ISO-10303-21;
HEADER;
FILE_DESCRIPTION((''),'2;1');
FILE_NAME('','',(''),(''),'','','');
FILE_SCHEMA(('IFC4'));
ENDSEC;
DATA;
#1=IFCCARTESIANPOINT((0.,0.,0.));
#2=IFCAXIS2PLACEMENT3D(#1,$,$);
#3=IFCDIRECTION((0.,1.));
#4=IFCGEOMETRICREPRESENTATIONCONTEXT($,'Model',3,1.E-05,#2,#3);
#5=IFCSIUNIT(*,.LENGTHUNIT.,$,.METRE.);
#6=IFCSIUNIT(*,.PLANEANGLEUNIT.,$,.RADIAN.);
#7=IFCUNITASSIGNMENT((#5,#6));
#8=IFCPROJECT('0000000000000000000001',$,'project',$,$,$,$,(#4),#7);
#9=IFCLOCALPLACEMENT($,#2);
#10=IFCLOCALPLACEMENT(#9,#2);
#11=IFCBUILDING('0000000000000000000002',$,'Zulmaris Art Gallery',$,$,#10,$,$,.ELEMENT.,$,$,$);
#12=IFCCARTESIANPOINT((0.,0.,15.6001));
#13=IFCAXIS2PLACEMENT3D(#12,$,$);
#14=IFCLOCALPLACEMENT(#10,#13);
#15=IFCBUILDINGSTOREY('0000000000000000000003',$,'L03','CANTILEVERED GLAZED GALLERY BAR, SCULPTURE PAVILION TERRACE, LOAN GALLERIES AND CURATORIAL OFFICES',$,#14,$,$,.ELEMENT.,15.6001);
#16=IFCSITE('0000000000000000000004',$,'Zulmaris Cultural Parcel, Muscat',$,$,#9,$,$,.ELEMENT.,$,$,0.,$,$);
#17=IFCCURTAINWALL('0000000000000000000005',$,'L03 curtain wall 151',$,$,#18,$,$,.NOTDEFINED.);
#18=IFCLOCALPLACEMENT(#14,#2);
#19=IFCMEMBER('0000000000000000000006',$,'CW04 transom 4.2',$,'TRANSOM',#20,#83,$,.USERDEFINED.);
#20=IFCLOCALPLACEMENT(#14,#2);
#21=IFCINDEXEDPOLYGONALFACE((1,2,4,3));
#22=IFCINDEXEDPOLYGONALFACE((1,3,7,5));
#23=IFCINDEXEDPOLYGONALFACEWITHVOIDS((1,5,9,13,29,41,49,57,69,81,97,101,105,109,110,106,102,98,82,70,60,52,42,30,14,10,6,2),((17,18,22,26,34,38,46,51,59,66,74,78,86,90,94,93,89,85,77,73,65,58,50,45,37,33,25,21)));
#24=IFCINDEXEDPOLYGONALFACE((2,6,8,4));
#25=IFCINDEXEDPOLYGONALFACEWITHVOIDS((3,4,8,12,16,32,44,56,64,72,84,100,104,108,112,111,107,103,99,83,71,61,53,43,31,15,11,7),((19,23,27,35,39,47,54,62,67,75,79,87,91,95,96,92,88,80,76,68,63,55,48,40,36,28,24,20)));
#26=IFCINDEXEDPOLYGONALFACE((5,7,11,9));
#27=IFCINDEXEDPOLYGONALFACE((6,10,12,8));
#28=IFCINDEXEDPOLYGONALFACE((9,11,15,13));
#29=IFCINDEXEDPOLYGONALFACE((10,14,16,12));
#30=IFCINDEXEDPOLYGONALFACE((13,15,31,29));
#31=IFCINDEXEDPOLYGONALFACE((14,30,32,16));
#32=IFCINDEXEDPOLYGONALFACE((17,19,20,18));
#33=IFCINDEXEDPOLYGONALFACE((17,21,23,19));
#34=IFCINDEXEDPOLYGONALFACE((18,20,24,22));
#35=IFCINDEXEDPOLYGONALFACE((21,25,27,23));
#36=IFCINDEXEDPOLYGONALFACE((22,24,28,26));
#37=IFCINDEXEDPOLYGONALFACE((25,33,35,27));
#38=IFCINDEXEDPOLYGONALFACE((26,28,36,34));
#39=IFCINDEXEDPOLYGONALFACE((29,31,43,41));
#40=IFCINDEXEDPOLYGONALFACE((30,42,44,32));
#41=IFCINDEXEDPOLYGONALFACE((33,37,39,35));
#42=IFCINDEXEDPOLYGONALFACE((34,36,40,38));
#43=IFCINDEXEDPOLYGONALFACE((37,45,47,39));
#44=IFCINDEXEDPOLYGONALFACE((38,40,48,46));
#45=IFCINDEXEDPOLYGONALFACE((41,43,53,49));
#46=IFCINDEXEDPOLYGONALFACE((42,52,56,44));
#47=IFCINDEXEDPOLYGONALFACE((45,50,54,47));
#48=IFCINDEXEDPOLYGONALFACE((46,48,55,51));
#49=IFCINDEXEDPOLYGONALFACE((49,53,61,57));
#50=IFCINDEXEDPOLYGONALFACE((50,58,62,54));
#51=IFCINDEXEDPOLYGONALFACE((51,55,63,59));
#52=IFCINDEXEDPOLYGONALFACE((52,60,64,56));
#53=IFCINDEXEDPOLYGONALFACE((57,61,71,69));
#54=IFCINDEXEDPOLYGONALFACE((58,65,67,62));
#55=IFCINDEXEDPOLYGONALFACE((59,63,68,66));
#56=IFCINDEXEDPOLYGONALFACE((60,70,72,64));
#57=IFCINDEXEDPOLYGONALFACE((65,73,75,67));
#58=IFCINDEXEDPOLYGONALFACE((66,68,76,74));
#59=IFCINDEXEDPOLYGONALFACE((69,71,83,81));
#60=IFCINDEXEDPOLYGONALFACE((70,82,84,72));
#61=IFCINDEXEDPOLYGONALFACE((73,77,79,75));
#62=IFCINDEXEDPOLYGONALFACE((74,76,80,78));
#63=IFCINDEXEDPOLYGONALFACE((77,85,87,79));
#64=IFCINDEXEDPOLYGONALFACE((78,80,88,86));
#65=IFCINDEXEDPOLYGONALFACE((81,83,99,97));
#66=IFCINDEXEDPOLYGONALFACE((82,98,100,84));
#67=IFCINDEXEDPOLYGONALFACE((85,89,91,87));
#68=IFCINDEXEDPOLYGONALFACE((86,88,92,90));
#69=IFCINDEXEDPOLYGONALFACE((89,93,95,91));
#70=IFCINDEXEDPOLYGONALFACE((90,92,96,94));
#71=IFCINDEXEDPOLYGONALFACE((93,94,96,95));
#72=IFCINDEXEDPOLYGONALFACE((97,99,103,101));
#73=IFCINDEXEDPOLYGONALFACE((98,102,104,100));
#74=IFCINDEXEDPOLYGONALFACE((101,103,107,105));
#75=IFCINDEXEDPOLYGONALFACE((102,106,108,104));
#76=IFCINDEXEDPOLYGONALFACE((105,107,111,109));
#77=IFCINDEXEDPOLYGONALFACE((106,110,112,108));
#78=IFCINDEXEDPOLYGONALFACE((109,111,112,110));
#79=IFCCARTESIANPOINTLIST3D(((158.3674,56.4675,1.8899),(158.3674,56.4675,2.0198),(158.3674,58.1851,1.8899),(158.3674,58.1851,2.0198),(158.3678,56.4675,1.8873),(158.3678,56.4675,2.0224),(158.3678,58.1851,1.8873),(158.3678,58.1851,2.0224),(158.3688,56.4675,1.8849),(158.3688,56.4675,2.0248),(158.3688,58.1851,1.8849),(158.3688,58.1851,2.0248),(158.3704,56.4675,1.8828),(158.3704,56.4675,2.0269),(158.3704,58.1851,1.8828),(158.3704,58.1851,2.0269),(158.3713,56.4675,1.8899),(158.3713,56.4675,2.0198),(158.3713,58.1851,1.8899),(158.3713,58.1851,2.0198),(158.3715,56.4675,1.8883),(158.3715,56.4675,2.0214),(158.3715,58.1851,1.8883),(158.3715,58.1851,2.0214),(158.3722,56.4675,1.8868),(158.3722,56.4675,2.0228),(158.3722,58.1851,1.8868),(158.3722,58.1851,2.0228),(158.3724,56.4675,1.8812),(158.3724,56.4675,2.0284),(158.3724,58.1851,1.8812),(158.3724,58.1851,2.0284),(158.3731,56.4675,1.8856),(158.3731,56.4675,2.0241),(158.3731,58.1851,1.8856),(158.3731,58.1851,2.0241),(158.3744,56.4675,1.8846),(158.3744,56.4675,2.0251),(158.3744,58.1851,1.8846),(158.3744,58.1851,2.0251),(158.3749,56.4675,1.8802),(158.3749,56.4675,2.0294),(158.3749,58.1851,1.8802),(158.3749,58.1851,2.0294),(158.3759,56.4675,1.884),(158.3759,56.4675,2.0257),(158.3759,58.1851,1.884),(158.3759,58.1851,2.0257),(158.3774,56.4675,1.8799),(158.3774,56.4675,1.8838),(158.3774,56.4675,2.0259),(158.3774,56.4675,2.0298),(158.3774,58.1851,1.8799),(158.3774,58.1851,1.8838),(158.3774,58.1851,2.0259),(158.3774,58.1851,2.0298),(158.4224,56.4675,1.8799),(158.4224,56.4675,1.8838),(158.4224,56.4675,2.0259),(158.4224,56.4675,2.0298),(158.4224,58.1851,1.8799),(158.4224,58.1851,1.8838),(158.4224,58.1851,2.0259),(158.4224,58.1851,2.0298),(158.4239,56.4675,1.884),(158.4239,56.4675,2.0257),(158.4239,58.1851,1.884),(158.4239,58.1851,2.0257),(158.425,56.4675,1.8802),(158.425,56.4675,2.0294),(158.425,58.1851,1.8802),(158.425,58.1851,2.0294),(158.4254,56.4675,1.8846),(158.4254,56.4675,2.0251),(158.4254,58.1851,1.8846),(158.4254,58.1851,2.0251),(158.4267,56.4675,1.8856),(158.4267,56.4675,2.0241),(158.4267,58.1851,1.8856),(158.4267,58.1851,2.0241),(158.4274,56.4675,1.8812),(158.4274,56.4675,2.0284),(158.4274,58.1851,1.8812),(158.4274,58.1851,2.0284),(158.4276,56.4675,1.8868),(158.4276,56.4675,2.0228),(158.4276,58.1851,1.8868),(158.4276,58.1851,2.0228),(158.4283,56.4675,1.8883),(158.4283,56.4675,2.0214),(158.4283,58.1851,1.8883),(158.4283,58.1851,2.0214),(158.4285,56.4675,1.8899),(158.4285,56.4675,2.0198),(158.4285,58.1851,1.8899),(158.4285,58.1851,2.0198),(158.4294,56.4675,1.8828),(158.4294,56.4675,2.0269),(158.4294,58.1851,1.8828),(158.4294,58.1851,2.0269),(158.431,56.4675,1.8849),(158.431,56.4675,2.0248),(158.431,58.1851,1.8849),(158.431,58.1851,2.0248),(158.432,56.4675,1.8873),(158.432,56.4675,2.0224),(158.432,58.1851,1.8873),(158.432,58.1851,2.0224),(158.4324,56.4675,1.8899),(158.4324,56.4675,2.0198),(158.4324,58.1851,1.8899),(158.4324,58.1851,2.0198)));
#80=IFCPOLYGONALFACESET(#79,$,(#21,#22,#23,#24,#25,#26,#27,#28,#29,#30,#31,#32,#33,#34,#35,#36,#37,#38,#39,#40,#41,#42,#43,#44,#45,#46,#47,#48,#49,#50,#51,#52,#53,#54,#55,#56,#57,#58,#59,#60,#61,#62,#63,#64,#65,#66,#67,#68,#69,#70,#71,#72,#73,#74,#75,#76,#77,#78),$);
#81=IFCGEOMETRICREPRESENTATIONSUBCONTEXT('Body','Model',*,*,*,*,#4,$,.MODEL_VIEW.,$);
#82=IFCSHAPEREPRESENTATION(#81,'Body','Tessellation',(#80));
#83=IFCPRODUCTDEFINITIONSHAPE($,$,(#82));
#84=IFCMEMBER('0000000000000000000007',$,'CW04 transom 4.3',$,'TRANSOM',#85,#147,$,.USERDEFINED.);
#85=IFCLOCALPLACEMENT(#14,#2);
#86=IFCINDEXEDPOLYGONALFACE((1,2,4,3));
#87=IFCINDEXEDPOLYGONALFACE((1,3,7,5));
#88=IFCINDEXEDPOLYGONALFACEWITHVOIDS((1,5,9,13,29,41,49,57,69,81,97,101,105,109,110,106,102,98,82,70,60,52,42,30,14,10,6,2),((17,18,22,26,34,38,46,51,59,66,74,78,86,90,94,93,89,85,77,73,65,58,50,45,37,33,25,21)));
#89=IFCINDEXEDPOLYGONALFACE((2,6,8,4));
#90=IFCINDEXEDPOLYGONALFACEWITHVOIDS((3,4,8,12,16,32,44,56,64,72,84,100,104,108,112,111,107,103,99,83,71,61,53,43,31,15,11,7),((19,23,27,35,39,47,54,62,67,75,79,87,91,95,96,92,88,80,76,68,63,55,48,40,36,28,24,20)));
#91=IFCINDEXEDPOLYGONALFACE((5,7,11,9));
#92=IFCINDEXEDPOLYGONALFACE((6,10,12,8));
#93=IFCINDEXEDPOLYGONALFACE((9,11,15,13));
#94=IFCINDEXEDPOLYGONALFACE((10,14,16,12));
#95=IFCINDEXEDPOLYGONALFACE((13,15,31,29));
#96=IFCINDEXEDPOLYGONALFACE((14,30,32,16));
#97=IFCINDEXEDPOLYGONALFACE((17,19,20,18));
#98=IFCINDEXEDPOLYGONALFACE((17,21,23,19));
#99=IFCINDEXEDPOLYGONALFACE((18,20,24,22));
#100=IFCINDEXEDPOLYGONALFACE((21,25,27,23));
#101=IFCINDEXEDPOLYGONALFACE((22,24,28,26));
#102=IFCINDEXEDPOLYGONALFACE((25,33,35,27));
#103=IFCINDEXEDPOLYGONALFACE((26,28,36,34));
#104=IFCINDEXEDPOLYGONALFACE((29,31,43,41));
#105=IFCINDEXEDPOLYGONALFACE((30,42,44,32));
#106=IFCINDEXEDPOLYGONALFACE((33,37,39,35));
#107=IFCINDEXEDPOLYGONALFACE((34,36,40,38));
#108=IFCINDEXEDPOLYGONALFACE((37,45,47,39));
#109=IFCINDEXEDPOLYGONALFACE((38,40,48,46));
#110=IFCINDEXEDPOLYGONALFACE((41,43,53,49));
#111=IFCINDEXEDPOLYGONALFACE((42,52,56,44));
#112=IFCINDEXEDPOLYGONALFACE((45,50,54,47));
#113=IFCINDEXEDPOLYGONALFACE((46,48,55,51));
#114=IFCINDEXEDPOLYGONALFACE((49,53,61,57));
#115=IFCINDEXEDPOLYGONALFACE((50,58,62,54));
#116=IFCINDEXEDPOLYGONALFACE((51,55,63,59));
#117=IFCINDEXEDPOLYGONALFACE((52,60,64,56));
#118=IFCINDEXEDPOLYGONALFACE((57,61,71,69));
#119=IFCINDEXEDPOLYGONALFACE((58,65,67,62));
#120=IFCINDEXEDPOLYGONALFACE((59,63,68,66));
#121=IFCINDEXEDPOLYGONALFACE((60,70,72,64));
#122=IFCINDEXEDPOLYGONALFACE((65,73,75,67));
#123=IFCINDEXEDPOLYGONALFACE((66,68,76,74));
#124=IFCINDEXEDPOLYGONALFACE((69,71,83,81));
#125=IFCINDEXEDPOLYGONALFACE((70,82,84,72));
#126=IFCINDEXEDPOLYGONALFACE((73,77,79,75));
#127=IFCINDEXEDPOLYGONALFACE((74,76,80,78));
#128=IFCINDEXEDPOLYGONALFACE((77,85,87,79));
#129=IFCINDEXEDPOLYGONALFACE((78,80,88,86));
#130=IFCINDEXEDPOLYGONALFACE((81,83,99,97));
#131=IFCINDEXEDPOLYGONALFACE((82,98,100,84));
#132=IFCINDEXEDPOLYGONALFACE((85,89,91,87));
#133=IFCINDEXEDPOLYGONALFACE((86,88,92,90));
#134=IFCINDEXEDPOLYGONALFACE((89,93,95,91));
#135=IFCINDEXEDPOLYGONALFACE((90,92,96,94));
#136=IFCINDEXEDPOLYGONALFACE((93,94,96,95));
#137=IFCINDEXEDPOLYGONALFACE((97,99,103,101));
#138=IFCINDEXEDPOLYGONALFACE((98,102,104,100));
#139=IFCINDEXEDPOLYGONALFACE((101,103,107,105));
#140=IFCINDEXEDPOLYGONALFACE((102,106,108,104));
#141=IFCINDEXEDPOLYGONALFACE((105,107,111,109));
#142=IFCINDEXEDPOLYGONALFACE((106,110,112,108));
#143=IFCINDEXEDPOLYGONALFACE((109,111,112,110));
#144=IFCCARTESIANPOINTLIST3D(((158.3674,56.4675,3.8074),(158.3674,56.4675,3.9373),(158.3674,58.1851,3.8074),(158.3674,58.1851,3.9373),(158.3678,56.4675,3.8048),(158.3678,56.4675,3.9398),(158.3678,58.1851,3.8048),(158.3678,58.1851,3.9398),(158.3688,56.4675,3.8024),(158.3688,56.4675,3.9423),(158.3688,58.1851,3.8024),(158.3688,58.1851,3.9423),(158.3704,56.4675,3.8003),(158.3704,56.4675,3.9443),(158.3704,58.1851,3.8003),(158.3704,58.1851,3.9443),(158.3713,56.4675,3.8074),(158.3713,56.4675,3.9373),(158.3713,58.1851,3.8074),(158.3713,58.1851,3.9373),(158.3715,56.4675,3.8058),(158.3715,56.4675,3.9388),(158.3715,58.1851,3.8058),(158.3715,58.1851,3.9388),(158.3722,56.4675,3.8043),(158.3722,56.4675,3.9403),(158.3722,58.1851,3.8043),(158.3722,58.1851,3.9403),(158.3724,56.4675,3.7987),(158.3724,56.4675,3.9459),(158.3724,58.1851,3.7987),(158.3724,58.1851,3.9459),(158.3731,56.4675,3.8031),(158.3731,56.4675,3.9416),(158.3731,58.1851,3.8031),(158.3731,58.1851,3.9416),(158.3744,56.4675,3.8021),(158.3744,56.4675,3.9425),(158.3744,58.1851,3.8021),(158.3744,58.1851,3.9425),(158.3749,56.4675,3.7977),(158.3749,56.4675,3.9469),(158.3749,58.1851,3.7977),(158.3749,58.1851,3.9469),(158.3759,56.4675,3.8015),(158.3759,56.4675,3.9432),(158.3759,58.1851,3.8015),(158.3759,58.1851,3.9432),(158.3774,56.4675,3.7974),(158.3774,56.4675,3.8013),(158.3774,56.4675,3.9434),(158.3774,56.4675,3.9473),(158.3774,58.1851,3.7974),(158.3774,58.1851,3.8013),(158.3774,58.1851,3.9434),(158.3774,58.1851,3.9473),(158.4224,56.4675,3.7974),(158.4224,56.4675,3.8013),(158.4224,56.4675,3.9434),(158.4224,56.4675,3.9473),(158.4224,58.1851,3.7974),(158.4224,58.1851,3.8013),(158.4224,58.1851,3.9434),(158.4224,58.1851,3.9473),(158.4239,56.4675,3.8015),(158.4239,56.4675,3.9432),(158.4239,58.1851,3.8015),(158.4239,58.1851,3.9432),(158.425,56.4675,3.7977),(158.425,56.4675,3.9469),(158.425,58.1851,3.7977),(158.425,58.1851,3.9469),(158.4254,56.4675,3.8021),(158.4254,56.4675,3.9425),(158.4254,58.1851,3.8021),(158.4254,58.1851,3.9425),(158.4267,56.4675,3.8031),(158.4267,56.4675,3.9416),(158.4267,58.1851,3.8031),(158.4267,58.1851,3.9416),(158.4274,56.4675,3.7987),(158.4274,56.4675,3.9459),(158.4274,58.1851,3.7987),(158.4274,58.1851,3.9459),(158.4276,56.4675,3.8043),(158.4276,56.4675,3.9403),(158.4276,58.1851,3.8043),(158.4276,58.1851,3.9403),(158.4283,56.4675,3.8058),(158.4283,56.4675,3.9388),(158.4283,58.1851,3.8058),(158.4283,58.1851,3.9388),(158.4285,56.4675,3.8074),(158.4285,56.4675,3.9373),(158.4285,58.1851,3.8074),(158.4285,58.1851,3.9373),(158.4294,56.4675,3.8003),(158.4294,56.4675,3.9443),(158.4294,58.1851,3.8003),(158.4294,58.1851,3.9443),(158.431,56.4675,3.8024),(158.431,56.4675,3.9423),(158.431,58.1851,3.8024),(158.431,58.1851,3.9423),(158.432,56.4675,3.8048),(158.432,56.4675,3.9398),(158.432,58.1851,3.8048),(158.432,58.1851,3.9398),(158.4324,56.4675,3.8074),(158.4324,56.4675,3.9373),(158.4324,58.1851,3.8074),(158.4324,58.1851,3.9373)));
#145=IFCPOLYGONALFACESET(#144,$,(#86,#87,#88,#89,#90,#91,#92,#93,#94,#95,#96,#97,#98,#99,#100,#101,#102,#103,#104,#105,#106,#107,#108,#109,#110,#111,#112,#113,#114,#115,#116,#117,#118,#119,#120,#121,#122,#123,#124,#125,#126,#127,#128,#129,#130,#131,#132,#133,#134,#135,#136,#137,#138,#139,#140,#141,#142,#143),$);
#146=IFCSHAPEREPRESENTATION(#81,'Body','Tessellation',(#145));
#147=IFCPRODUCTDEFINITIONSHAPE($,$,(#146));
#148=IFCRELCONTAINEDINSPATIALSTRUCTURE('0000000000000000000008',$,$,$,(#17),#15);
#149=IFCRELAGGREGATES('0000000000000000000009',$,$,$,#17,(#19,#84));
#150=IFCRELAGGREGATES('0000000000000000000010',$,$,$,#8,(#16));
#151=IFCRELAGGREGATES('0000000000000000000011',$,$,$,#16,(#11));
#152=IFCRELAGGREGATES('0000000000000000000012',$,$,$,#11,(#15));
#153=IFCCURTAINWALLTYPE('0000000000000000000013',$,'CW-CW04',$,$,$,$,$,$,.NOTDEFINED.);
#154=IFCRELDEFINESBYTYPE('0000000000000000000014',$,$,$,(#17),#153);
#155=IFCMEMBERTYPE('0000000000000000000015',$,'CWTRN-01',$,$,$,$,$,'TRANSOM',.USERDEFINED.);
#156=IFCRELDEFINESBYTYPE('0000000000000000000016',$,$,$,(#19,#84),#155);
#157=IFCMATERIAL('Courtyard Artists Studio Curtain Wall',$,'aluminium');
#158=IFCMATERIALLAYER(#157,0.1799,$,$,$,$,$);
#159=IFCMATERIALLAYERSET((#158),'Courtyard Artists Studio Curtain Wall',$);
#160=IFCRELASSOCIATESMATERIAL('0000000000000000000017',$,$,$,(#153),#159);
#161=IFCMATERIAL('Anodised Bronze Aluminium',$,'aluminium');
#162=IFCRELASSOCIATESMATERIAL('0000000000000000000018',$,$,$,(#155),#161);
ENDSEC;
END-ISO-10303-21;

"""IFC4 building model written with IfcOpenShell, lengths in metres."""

from ifc_helpers import new_model, si_unit, direction, frame, origin, origin_2d, place, context, subcontext, project, spatial, hollow_rectangle, extrude, material, layer, layer_set, material_profile, profile_set, type_object, element, aggregate, save


model = new_model("IFC4")

# Units and contexts
model_context = context("Model", 3, precision=1e-05, world=origin(), true_north=direction((0.0, 1.0)))
body_context = subcontext(model_context, "Body", "Model", "MODEL_VIEW")
ifc_project = project(units=[si_unit("LENGTHUNIT", "METRE"), si_unit("PLANEANGLEUNIT", "RADIAN")], contexts=[model_context])

# Site, building, storey
site_placement = place(None, origin())
site = spatial("IfcSite", under=ifc_project, at=site_placement, Name="Zulmaris Cultural Parcel, Muscat", CompositionType="ELEMENT", RefElevation=0.0)
building_placement = place(site_placement, origin())
building = spatial("IfcBuilding", under=site, at=building_placement, Name="Zulmaris Art Gallery", CompositionType="ELEMENT")
storey_placement = place(building_placement, frame((0.0, 0.0, 15.6001)))
storey = spatial("IfcBuildingStorey", under=building, at=storey_placement, Name="L03", Description="CANTILEVERED GLAZED GALLERY BAR, SCULPTURE PAVILION TERRACE, LOAN GALLERIES AND CURATORIAL OFFICES", CompositionType="ELEMENT", Elevation=15.6001)

# Curtain wall
ifc_material_1 = material(Name="Courtyard Artists Studio Curtain Wall", Category="aluminium")
ifc_layer_1 = layer(ifc_material_1, 0.1799)
ifc_layer_set_1 = layer_set([ifc_layer_1], Name="Courtyard Artists Studio Curtain Wall")
curtain_wall_type = type_object("IfcCurtainWallType", Name="CW-CW04", PredefinedType="NOTDEFINED", material=ifc_layer_set_1)
curtain_wall_1_placement = place(storey_placement, origin())
curtain_wall_1 = element("IfcCurtainWall", 1, at=curtain_wall_1_placement, inside=storey, type_object=curtain_wall_type, Name="L03 curtain wall 151", PredefinedType="NOTDEFINED")
ifc_material_2 = material(Name="Anodised Bronze Aluminium", Category="aluminium")

# Members
ifc_material_profile_1 = material_profile(ifc_material_2, hollow_rectangle(XDim=0.0649, YDim=0.1499, WallThickness=0.0039, InnerFilletRadius=0.0061, OuterFilletRadius=0.01, at=origin_2d()), Name="ALU 65x150x4")
ifc_profile_set_1 = profile_set([ifc_material_profile_1], Name="Anodised Bronze Aluminium")
member_type_1 = type_object("IfcMemberType", Name="CWTRN-01", ElementType="TRANSOM", PredefinedType="USERDEFINED", material=ifc_profile_set_1)
member_1_placement = place(storey_placement, frame((158.3999, 56.4675, 1.9548), z_axis=(0.0, 1.0, 0.0), x_axis=(-1.0, 0.0, 0.0)))
member_1 = element("IfcMember", 2, at=member_1_placement, type_object=member_type_1, Name="CW04 transom 4.2", ObjectType="TRANSOM", PredefinedType="USERDEFINED", context=body_context, shape_type="SweptSolid", body=[
    extrude(hollow_rectangle(XDim=0.0649, YDim=0.1499, WallThickness=0.0039, InnerFilletRadius=0.0061, OuterFilletRadius=0.01, at=origin_2d()), origin(), (0.0, 0.0, 1.0), 1.7175),
])
member_2_placement = place(storey_placement, frame((158.3999, 56.4675, 3.8723), z_axis=(0.0, 1.0, 0.0), x_axis=(-1.0, 0.0, 0.0)))
member_2 = element("IfcMember", 3, at=member_2_placement, type_object=member_type_1, Name="CW04 transom 4.3", ObjectType="TRANSOM", PredefinedType="USERDEFINED", context=body_context, shape_type="SweptSolid", body=[
    extrude(hollow_rectangle(XDim=0.0649, YDim=0.1499, WallThickness=0.0039, InnerFilletRadius=0.0061, OuterFilletRadius=0.01, at=origin_2d()), origin(), (0.0, 0.0, 1.0), 1.7175),
])

aggregate(curtain_wall_1, [member_1, member_2])

save(model, "model.ifc")
